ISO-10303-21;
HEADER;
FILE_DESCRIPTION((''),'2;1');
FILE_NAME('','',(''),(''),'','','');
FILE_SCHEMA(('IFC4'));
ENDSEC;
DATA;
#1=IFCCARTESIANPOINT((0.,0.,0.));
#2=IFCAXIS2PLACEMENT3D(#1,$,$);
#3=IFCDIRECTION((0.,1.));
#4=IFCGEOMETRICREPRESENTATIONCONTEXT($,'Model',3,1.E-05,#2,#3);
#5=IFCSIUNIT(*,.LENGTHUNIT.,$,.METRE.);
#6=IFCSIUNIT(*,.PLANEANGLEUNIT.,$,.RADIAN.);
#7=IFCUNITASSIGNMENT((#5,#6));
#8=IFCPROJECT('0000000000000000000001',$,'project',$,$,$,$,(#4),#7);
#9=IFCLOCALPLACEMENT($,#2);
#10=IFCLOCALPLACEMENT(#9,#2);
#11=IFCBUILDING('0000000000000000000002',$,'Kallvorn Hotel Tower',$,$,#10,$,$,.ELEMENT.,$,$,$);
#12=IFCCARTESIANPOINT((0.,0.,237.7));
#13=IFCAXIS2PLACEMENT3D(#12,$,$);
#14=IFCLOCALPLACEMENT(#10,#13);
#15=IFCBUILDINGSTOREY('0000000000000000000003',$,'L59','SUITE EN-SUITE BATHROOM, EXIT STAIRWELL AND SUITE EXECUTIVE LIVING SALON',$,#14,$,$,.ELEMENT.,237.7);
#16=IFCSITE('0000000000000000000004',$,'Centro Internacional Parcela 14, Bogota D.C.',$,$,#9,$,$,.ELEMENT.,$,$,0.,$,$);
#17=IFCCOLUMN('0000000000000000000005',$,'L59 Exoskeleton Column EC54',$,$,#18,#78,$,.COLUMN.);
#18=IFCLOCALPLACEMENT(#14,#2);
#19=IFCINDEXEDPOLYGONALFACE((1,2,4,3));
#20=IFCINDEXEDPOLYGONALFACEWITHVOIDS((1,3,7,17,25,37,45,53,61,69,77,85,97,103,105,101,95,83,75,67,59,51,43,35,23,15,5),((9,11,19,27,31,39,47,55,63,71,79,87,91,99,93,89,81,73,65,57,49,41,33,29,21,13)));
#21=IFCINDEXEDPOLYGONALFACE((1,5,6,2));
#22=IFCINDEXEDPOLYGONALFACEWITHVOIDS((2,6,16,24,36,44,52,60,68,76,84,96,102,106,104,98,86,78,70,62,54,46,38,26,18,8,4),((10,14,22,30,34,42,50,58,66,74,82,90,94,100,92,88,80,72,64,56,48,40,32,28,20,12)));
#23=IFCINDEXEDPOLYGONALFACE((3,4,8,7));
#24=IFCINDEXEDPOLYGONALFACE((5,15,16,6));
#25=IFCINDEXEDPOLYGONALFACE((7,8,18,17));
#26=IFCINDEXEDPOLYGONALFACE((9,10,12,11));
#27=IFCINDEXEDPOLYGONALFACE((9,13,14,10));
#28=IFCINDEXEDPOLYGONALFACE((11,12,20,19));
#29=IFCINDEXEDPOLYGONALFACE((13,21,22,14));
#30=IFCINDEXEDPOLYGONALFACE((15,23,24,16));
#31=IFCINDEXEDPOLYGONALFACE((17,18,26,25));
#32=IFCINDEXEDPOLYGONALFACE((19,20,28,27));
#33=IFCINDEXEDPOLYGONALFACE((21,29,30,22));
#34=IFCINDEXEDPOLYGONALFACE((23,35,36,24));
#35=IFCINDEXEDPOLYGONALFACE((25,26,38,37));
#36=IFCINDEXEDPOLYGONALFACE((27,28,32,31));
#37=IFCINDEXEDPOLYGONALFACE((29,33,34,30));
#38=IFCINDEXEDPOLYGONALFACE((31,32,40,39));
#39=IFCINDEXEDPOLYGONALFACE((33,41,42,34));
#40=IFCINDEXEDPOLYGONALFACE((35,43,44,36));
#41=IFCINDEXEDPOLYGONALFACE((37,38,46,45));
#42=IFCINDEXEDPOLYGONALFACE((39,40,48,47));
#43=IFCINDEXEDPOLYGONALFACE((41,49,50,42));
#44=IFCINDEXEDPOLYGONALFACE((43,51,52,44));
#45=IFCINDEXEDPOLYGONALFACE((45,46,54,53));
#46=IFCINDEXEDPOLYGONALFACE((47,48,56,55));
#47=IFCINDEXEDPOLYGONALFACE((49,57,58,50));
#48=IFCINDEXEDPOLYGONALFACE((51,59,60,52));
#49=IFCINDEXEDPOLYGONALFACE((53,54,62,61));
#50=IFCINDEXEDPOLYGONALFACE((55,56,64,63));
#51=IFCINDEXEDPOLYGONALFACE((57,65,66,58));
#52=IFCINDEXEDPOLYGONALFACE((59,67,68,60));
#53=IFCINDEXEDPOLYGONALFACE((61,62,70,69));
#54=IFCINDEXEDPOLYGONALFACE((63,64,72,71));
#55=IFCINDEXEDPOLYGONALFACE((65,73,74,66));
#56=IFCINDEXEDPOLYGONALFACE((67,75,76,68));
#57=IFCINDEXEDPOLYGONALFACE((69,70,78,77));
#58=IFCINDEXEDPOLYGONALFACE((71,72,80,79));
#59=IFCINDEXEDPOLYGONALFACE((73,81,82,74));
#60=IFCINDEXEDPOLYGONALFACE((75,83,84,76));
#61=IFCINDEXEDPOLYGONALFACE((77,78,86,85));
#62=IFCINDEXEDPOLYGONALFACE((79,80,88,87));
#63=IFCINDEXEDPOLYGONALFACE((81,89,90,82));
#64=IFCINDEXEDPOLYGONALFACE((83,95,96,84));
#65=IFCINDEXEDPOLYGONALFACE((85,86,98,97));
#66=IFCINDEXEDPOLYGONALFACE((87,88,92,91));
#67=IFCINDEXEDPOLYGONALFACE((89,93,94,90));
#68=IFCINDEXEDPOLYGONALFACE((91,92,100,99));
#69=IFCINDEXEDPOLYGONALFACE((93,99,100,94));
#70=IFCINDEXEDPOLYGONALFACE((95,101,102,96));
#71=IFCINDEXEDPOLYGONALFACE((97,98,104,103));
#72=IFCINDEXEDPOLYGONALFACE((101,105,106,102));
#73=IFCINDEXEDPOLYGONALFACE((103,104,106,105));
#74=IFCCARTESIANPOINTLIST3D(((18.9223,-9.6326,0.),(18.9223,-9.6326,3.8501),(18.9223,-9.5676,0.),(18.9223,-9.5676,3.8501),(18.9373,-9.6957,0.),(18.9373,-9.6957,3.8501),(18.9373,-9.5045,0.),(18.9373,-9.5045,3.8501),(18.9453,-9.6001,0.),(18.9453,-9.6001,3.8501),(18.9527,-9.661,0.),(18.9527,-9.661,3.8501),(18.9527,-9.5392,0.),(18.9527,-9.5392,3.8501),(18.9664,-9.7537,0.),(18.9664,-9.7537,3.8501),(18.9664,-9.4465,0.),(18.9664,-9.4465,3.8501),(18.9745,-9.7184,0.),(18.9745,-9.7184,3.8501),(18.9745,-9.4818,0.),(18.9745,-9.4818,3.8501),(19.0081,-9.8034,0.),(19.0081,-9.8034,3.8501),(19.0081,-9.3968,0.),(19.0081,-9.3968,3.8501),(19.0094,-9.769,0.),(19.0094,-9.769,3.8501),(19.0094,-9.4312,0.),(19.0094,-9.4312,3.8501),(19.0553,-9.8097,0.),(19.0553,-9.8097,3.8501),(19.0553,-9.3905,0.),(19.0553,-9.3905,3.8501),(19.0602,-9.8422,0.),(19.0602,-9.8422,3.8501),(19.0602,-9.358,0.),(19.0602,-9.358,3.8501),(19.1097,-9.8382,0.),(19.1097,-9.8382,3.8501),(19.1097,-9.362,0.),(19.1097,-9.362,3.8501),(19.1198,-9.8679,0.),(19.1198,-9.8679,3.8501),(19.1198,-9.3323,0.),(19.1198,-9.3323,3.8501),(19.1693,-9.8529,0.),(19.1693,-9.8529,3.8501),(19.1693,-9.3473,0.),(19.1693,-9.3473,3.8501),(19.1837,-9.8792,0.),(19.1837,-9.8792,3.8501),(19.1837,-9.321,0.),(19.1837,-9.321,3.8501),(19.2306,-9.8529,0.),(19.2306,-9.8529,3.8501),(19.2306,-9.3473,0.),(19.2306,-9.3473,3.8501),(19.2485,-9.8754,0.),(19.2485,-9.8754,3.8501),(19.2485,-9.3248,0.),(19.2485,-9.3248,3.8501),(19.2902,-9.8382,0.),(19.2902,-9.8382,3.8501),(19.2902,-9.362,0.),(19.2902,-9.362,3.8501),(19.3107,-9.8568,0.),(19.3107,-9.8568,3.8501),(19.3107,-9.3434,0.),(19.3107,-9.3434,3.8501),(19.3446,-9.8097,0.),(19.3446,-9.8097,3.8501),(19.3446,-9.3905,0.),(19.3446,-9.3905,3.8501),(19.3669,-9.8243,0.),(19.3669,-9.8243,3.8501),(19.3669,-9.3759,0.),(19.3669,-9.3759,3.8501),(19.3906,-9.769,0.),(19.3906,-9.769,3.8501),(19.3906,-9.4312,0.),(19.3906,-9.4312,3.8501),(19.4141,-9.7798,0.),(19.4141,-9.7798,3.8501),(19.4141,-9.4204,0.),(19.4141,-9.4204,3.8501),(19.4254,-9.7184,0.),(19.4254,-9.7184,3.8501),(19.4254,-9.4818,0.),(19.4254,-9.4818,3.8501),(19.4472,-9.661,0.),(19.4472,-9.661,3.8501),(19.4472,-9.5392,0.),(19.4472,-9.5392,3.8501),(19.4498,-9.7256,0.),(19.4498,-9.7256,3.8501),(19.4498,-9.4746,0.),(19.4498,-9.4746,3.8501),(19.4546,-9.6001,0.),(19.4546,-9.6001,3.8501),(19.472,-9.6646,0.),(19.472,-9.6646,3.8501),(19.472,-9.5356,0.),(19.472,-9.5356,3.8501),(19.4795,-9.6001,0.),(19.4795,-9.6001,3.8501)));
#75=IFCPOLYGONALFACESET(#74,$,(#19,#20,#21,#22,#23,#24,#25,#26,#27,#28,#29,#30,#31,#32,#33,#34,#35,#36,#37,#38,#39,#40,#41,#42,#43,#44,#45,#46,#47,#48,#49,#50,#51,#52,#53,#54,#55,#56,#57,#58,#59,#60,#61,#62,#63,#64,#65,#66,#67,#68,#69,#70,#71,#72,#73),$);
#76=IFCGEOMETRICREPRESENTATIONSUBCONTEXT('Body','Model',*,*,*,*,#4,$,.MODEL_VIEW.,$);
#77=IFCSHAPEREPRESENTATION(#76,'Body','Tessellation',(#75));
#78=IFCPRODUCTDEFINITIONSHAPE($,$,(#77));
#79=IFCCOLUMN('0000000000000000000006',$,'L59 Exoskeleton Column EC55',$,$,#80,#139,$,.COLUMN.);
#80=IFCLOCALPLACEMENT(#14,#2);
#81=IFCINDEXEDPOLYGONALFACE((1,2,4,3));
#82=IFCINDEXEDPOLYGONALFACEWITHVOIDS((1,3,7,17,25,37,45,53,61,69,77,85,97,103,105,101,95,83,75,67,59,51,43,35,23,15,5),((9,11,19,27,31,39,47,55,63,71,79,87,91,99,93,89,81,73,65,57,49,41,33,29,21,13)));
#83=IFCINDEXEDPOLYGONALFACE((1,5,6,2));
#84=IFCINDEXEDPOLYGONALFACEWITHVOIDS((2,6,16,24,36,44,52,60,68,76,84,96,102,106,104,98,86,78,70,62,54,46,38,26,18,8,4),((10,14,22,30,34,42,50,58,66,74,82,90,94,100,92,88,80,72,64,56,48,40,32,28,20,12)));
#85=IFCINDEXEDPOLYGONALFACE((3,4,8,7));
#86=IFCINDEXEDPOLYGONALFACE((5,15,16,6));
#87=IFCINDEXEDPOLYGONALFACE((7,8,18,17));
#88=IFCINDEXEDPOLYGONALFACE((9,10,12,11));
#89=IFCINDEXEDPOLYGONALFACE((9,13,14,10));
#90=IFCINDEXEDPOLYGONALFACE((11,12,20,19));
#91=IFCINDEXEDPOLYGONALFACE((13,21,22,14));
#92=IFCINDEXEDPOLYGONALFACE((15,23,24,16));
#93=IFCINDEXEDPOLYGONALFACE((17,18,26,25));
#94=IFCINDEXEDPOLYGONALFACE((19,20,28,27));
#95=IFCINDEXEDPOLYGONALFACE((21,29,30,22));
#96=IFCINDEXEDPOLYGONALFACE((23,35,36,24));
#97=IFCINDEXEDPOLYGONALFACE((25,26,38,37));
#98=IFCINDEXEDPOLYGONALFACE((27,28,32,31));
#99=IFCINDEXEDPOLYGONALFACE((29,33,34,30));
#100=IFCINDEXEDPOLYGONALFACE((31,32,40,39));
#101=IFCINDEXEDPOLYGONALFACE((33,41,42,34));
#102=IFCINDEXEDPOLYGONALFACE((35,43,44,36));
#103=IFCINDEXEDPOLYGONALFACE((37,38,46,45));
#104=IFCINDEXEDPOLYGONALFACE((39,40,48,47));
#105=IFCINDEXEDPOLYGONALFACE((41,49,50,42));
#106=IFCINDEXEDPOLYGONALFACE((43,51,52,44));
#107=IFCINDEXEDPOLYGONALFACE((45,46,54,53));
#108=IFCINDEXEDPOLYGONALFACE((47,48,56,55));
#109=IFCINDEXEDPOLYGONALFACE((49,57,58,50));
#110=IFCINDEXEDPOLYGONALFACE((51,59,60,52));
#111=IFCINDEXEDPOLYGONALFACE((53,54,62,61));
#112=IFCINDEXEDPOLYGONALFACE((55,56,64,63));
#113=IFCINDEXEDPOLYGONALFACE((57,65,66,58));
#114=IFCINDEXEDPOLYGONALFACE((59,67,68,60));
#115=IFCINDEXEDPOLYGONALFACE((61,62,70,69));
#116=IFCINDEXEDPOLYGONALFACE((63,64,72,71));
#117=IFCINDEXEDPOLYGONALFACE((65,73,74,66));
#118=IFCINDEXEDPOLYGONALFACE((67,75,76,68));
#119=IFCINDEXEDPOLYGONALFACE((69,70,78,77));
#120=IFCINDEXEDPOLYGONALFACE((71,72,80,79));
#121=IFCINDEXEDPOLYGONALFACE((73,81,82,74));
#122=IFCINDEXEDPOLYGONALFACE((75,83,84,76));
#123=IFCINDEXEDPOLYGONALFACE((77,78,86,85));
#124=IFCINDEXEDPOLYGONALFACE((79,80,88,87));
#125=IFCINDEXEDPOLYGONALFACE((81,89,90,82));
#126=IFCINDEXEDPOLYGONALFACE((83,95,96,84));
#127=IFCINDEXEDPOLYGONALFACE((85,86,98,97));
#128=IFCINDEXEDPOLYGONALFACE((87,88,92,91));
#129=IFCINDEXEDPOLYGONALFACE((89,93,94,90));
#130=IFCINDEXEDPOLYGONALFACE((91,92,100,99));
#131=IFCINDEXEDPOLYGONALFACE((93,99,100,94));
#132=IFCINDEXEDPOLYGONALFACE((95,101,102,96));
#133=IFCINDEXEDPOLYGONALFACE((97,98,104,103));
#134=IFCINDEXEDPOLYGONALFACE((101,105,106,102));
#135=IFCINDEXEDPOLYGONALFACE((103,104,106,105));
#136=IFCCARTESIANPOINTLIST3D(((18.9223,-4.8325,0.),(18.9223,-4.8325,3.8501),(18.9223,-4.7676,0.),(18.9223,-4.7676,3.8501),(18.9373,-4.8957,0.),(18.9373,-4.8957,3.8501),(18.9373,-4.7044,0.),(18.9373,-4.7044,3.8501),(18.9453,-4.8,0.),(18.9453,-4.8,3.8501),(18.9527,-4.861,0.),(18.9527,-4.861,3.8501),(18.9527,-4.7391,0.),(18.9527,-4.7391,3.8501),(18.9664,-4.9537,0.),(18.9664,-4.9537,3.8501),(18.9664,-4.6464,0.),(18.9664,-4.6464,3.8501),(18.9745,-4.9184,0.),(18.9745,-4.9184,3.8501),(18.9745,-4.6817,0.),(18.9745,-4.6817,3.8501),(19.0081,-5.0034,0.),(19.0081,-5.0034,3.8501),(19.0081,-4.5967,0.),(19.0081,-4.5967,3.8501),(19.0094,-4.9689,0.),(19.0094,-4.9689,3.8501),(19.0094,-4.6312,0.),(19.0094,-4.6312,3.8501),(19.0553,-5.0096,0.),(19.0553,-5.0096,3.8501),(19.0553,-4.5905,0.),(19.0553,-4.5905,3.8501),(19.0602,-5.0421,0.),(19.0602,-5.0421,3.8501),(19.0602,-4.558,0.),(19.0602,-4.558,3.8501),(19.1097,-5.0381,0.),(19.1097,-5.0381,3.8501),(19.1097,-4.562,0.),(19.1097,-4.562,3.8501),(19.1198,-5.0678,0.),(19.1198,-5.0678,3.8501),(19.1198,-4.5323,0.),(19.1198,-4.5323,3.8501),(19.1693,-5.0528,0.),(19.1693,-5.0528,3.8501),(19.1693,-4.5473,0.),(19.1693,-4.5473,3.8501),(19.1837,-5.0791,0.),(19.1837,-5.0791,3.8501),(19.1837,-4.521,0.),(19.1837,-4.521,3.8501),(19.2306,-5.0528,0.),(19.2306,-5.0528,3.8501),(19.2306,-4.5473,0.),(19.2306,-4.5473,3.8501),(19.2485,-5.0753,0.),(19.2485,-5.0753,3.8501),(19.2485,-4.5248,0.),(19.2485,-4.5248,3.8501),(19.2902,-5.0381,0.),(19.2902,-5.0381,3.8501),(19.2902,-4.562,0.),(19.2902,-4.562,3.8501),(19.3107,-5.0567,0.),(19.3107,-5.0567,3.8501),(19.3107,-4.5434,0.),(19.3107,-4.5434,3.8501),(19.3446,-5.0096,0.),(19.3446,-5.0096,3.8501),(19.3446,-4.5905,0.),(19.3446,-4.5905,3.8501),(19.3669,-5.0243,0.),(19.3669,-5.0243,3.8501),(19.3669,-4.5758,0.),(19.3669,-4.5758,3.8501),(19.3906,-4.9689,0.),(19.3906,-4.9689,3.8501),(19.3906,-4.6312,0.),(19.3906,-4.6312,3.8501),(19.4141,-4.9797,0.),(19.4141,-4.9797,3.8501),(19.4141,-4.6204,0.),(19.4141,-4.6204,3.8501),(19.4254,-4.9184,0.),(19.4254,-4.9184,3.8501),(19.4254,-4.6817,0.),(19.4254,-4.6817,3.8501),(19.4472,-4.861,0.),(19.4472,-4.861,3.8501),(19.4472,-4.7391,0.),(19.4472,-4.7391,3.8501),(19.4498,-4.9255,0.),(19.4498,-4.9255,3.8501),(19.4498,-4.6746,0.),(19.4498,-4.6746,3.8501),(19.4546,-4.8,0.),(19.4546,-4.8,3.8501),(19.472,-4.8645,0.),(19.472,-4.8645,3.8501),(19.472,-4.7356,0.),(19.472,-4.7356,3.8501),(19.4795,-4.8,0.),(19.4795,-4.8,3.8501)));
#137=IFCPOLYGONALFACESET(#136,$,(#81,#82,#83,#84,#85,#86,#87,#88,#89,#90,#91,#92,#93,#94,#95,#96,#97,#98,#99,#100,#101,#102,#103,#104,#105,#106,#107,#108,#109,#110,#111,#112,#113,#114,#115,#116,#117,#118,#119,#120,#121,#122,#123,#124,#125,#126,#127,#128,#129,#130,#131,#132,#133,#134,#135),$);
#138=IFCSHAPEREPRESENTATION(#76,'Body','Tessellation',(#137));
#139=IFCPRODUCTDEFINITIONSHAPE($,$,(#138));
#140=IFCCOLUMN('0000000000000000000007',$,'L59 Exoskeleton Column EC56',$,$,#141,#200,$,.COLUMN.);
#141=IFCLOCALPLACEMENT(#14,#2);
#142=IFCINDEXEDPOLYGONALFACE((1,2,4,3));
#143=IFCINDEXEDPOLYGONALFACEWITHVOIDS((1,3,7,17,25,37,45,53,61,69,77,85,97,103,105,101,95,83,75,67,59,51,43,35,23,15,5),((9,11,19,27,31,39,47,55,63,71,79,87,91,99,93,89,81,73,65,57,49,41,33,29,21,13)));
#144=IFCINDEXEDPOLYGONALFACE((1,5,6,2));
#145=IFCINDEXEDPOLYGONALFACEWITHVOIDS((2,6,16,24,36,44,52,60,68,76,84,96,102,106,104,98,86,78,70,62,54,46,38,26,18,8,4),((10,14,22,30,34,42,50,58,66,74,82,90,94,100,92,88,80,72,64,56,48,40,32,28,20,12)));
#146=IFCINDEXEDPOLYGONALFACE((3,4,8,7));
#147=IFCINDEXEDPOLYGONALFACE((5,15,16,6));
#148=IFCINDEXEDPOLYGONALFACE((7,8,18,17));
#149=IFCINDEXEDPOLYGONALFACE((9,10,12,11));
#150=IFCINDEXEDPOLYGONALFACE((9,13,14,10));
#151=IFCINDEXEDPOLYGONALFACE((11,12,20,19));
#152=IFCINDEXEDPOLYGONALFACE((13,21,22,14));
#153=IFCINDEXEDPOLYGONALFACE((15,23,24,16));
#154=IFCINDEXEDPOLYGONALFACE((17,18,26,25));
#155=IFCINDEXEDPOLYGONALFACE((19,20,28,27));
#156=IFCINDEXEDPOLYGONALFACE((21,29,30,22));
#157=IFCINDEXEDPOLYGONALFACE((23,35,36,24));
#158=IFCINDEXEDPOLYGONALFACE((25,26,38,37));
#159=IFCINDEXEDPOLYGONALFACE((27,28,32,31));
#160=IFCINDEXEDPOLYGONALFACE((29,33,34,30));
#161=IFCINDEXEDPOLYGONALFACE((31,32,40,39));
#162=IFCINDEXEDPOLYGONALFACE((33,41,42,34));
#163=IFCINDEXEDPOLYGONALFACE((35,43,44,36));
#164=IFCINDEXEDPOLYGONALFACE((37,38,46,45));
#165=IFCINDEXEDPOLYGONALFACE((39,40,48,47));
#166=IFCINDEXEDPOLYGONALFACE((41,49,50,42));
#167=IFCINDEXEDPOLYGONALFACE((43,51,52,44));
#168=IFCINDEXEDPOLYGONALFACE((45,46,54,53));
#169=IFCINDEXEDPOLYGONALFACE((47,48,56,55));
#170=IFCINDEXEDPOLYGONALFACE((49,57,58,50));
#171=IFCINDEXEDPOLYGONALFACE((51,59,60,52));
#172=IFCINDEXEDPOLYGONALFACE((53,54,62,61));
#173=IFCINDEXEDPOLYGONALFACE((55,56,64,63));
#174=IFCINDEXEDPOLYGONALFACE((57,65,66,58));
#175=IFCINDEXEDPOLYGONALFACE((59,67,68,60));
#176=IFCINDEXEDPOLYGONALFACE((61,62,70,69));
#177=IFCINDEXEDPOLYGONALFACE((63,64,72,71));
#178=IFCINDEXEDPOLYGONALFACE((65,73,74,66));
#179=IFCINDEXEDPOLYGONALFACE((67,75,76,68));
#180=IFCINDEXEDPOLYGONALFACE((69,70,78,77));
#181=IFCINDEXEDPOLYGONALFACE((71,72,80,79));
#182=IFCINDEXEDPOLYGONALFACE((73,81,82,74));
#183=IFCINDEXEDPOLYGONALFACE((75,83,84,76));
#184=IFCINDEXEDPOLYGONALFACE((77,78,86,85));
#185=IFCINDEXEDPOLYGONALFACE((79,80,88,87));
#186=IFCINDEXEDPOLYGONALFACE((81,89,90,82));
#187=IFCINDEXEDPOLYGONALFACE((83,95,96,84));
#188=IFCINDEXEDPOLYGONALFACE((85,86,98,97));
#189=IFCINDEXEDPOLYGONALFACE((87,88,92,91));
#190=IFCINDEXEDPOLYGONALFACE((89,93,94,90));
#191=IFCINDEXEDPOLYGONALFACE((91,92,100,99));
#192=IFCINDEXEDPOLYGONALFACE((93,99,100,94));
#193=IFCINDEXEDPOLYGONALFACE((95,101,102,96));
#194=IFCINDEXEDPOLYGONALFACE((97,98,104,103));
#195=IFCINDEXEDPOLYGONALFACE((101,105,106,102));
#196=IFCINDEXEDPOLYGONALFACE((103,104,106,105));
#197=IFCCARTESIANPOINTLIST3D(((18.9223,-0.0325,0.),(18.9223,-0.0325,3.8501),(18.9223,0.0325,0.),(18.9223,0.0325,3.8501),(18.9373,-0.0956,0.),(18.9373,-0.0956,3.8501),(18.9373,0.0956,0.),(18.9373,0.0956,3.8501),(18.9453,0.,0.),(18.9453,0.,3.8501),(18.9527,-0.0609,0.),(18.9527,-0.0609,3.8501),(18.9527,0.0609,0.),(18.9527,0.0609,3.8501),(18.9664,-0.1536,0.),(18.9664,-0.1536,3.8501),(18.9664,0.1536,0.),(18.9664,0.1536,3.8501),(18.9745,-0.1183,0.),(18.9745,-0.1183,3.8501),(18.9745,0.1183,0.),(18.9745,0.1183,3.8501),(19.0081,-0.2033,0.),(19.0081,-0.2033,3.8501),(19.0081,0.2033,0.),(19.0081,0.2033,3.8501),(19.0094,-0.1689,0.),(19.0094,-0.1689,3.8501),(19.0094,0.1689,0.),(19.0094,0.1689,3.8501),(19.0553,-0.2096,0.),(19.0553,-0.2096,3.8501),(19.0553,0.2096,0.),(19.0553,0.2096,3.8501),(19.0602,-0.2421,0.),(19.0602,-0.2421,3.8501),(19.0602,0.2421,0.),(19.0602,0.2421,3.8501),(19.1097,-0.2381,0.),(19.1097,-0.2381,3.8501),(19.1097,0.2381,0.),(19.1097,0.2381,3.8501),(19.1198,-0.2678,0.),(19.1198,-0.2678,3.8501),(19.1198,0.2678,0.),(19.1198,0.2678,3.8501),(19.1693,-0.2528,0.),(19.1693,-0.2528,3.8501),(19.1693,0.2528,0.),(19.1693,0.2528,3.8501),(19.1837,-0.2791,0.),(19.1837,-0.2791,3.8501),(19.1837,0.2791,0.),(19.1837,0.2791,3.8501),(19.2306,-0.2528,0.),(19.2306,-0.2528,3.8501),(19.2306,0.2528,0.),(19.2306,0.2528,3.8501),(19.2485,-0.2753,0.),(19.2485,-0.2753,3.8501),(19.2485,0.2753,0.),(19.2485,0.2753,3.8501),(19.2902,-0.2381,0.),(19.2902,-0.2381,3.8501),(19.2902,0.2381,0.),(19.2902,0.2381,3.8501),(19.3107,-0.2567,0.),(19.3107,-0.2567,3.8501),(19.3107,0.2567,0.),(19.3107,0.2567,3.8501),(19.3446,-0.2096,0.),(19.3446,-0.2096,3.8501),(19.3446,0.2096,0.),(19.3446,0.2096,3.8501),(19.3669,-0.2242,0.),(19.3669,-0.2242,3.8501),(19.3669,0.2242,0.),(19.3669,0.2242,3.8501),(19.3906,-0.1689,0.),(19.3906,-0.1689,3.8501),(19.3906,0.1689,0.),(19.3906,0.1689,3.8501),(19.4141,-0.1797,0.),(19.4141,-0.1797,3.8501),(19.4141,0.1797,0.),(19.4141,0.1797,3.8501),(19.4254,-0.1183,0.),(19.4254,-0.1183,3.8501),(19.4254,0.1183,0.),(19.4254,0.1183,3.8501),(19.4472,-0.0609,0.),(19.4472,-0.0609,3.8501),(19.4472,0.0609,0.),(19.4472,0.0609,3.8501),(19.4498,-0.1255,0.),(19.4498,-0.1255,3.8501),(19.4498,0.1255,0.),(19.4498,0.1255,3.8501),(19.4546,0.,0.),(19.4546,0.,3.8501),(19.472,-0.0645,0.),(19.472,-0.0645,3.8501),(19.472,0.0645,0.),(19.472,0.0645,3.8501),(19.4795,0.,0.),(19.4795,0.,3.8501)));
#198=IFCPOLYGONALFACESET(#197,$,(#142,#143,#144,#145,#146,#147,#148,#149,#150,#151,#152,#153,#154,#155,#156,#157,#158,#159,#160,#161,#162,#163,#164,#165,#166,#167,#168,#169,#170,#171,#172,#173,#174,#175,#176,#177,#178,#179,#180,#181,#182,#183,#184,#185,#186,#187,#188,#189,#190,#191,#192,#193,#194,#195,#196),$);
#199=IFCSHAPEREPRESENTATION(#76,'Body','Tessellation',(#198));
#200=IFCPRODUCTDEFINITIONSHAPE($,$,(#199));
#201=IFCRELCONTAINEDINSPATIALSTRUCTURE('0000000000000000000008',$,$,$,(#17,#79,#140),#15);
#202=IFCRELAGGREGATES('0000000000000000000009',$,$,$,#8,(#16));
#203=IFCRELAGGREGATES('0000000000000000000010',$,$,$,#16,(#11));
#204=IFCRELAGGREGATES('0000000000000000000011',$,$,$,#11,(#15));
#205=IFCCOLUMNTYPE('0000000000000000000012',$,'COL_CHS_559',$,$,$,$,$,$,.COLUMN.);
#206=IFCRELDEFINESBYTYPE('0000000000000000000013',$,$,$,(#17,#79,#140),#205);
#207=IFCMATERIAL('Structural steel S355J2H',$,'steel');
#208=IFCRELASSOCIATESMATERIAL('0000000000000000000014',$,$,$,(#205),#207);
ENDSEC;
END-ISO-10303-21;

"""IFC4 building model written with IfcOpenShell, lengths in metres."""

from ifc_helpers import new_model, si_unit, direction, frame, origin, origin_2d, place, context, subcontext, project, spatial, hollow_circle, extrude, material, material_profile, profile_set, type_object, element, save


model = new_model("IFC4")

# Units and contexts
model_context = context("Model", 3, precision=1e-05, world=origin(), true_north=direction((0.0, 1.0)))
body_context = subcontext(model_context, "Body", "Model", "MODEL_VIEW")
ifc_project = project(units=[si_unit("LENGTHUNIT", "METRE"), si_unit("PLANEANGLEUNIT", "RADIAN")], contexts=[model_context])

# Site, building, storey
site_placement = place(None, origin())
site = spatial("IfcSite", under=ifc_project, at=site_placement, Name="Centro Internacional Parcela 14, Bogota D.C.", CompositionType="ELEMENT", RefElevation=0.0)
building_placement = place(site_placement, origin())
building = spatial("IfcBuilding", under=site, at=building_placement, Name="Kallvorn Hotel Tower", CompositionType="ELEMENT")
storey_placement = place(building_placement, frame((0.0, 0.0, 237.7)))
storey = spatial("IfcBuildingStorey", under=building, at=storey_placement, Name="L59", Description="SUITE EN-SUITE BATHROOM, EXIT STAIRWELL AND SUITE EXECUTIVE LIVING SALON", CompositionType="ELEMENT", Elevation=237.7)

# Columns
ifc_material_1 = material(Name="Structural steel S355J2H", Category="steel")
ifc_material_profile_1 = material_profile(ifc_material_1, hollow_circle(Radius=0.2795, WallThickness=0.0249, at=origin_2d()), Name="CHS 559x25")
ifc_profile_set_1 = profile_set([ifc_material_profile_1], Name="Structural steel S355J2H")
column_type_1 = type_object("IfcColumnType", Name="COL_CHS_559", PredefinedType="COLUMN", material=ifc_profile_set_1)
for number, where, z_axis, x_axis, name in (
    (1, (19.2, -9.6001, 0.0), (0.0, 0.0, 1.0), (1.0, 0.0, 0.0), "L59 Exoskeleton Column EC54"),
    (2, (19.2, -4.8, 0.0), (0.0, 0.0, 1.0), (1.0, 0.0, 0.0), "L59 Exoskeleton Column EC55"),
    (3, (19.2, 0.0, 0.0), (0.0, 0.0, 1.0), (1.0, 0.0, 0.0), "L59 Exoskeleton Column EC56"),
):
    element("IfcColumn", number, at=place(storey_placement, frame(where, z_axis=z_axis, x_axis=x_axis)), inside=storey, type_object=column_type_1, Name=name, PredefinedType="COLUMN", context=body_context, shape_type="SweptSolid", body=[
        extrude(hollow_circle(Radius=0.2795, WallThickness=0.0249, at=origin_2d()), origin(), (0.0, 0.0, 1.0), 3.8501),
    ])

save(model, "model.ifc")
